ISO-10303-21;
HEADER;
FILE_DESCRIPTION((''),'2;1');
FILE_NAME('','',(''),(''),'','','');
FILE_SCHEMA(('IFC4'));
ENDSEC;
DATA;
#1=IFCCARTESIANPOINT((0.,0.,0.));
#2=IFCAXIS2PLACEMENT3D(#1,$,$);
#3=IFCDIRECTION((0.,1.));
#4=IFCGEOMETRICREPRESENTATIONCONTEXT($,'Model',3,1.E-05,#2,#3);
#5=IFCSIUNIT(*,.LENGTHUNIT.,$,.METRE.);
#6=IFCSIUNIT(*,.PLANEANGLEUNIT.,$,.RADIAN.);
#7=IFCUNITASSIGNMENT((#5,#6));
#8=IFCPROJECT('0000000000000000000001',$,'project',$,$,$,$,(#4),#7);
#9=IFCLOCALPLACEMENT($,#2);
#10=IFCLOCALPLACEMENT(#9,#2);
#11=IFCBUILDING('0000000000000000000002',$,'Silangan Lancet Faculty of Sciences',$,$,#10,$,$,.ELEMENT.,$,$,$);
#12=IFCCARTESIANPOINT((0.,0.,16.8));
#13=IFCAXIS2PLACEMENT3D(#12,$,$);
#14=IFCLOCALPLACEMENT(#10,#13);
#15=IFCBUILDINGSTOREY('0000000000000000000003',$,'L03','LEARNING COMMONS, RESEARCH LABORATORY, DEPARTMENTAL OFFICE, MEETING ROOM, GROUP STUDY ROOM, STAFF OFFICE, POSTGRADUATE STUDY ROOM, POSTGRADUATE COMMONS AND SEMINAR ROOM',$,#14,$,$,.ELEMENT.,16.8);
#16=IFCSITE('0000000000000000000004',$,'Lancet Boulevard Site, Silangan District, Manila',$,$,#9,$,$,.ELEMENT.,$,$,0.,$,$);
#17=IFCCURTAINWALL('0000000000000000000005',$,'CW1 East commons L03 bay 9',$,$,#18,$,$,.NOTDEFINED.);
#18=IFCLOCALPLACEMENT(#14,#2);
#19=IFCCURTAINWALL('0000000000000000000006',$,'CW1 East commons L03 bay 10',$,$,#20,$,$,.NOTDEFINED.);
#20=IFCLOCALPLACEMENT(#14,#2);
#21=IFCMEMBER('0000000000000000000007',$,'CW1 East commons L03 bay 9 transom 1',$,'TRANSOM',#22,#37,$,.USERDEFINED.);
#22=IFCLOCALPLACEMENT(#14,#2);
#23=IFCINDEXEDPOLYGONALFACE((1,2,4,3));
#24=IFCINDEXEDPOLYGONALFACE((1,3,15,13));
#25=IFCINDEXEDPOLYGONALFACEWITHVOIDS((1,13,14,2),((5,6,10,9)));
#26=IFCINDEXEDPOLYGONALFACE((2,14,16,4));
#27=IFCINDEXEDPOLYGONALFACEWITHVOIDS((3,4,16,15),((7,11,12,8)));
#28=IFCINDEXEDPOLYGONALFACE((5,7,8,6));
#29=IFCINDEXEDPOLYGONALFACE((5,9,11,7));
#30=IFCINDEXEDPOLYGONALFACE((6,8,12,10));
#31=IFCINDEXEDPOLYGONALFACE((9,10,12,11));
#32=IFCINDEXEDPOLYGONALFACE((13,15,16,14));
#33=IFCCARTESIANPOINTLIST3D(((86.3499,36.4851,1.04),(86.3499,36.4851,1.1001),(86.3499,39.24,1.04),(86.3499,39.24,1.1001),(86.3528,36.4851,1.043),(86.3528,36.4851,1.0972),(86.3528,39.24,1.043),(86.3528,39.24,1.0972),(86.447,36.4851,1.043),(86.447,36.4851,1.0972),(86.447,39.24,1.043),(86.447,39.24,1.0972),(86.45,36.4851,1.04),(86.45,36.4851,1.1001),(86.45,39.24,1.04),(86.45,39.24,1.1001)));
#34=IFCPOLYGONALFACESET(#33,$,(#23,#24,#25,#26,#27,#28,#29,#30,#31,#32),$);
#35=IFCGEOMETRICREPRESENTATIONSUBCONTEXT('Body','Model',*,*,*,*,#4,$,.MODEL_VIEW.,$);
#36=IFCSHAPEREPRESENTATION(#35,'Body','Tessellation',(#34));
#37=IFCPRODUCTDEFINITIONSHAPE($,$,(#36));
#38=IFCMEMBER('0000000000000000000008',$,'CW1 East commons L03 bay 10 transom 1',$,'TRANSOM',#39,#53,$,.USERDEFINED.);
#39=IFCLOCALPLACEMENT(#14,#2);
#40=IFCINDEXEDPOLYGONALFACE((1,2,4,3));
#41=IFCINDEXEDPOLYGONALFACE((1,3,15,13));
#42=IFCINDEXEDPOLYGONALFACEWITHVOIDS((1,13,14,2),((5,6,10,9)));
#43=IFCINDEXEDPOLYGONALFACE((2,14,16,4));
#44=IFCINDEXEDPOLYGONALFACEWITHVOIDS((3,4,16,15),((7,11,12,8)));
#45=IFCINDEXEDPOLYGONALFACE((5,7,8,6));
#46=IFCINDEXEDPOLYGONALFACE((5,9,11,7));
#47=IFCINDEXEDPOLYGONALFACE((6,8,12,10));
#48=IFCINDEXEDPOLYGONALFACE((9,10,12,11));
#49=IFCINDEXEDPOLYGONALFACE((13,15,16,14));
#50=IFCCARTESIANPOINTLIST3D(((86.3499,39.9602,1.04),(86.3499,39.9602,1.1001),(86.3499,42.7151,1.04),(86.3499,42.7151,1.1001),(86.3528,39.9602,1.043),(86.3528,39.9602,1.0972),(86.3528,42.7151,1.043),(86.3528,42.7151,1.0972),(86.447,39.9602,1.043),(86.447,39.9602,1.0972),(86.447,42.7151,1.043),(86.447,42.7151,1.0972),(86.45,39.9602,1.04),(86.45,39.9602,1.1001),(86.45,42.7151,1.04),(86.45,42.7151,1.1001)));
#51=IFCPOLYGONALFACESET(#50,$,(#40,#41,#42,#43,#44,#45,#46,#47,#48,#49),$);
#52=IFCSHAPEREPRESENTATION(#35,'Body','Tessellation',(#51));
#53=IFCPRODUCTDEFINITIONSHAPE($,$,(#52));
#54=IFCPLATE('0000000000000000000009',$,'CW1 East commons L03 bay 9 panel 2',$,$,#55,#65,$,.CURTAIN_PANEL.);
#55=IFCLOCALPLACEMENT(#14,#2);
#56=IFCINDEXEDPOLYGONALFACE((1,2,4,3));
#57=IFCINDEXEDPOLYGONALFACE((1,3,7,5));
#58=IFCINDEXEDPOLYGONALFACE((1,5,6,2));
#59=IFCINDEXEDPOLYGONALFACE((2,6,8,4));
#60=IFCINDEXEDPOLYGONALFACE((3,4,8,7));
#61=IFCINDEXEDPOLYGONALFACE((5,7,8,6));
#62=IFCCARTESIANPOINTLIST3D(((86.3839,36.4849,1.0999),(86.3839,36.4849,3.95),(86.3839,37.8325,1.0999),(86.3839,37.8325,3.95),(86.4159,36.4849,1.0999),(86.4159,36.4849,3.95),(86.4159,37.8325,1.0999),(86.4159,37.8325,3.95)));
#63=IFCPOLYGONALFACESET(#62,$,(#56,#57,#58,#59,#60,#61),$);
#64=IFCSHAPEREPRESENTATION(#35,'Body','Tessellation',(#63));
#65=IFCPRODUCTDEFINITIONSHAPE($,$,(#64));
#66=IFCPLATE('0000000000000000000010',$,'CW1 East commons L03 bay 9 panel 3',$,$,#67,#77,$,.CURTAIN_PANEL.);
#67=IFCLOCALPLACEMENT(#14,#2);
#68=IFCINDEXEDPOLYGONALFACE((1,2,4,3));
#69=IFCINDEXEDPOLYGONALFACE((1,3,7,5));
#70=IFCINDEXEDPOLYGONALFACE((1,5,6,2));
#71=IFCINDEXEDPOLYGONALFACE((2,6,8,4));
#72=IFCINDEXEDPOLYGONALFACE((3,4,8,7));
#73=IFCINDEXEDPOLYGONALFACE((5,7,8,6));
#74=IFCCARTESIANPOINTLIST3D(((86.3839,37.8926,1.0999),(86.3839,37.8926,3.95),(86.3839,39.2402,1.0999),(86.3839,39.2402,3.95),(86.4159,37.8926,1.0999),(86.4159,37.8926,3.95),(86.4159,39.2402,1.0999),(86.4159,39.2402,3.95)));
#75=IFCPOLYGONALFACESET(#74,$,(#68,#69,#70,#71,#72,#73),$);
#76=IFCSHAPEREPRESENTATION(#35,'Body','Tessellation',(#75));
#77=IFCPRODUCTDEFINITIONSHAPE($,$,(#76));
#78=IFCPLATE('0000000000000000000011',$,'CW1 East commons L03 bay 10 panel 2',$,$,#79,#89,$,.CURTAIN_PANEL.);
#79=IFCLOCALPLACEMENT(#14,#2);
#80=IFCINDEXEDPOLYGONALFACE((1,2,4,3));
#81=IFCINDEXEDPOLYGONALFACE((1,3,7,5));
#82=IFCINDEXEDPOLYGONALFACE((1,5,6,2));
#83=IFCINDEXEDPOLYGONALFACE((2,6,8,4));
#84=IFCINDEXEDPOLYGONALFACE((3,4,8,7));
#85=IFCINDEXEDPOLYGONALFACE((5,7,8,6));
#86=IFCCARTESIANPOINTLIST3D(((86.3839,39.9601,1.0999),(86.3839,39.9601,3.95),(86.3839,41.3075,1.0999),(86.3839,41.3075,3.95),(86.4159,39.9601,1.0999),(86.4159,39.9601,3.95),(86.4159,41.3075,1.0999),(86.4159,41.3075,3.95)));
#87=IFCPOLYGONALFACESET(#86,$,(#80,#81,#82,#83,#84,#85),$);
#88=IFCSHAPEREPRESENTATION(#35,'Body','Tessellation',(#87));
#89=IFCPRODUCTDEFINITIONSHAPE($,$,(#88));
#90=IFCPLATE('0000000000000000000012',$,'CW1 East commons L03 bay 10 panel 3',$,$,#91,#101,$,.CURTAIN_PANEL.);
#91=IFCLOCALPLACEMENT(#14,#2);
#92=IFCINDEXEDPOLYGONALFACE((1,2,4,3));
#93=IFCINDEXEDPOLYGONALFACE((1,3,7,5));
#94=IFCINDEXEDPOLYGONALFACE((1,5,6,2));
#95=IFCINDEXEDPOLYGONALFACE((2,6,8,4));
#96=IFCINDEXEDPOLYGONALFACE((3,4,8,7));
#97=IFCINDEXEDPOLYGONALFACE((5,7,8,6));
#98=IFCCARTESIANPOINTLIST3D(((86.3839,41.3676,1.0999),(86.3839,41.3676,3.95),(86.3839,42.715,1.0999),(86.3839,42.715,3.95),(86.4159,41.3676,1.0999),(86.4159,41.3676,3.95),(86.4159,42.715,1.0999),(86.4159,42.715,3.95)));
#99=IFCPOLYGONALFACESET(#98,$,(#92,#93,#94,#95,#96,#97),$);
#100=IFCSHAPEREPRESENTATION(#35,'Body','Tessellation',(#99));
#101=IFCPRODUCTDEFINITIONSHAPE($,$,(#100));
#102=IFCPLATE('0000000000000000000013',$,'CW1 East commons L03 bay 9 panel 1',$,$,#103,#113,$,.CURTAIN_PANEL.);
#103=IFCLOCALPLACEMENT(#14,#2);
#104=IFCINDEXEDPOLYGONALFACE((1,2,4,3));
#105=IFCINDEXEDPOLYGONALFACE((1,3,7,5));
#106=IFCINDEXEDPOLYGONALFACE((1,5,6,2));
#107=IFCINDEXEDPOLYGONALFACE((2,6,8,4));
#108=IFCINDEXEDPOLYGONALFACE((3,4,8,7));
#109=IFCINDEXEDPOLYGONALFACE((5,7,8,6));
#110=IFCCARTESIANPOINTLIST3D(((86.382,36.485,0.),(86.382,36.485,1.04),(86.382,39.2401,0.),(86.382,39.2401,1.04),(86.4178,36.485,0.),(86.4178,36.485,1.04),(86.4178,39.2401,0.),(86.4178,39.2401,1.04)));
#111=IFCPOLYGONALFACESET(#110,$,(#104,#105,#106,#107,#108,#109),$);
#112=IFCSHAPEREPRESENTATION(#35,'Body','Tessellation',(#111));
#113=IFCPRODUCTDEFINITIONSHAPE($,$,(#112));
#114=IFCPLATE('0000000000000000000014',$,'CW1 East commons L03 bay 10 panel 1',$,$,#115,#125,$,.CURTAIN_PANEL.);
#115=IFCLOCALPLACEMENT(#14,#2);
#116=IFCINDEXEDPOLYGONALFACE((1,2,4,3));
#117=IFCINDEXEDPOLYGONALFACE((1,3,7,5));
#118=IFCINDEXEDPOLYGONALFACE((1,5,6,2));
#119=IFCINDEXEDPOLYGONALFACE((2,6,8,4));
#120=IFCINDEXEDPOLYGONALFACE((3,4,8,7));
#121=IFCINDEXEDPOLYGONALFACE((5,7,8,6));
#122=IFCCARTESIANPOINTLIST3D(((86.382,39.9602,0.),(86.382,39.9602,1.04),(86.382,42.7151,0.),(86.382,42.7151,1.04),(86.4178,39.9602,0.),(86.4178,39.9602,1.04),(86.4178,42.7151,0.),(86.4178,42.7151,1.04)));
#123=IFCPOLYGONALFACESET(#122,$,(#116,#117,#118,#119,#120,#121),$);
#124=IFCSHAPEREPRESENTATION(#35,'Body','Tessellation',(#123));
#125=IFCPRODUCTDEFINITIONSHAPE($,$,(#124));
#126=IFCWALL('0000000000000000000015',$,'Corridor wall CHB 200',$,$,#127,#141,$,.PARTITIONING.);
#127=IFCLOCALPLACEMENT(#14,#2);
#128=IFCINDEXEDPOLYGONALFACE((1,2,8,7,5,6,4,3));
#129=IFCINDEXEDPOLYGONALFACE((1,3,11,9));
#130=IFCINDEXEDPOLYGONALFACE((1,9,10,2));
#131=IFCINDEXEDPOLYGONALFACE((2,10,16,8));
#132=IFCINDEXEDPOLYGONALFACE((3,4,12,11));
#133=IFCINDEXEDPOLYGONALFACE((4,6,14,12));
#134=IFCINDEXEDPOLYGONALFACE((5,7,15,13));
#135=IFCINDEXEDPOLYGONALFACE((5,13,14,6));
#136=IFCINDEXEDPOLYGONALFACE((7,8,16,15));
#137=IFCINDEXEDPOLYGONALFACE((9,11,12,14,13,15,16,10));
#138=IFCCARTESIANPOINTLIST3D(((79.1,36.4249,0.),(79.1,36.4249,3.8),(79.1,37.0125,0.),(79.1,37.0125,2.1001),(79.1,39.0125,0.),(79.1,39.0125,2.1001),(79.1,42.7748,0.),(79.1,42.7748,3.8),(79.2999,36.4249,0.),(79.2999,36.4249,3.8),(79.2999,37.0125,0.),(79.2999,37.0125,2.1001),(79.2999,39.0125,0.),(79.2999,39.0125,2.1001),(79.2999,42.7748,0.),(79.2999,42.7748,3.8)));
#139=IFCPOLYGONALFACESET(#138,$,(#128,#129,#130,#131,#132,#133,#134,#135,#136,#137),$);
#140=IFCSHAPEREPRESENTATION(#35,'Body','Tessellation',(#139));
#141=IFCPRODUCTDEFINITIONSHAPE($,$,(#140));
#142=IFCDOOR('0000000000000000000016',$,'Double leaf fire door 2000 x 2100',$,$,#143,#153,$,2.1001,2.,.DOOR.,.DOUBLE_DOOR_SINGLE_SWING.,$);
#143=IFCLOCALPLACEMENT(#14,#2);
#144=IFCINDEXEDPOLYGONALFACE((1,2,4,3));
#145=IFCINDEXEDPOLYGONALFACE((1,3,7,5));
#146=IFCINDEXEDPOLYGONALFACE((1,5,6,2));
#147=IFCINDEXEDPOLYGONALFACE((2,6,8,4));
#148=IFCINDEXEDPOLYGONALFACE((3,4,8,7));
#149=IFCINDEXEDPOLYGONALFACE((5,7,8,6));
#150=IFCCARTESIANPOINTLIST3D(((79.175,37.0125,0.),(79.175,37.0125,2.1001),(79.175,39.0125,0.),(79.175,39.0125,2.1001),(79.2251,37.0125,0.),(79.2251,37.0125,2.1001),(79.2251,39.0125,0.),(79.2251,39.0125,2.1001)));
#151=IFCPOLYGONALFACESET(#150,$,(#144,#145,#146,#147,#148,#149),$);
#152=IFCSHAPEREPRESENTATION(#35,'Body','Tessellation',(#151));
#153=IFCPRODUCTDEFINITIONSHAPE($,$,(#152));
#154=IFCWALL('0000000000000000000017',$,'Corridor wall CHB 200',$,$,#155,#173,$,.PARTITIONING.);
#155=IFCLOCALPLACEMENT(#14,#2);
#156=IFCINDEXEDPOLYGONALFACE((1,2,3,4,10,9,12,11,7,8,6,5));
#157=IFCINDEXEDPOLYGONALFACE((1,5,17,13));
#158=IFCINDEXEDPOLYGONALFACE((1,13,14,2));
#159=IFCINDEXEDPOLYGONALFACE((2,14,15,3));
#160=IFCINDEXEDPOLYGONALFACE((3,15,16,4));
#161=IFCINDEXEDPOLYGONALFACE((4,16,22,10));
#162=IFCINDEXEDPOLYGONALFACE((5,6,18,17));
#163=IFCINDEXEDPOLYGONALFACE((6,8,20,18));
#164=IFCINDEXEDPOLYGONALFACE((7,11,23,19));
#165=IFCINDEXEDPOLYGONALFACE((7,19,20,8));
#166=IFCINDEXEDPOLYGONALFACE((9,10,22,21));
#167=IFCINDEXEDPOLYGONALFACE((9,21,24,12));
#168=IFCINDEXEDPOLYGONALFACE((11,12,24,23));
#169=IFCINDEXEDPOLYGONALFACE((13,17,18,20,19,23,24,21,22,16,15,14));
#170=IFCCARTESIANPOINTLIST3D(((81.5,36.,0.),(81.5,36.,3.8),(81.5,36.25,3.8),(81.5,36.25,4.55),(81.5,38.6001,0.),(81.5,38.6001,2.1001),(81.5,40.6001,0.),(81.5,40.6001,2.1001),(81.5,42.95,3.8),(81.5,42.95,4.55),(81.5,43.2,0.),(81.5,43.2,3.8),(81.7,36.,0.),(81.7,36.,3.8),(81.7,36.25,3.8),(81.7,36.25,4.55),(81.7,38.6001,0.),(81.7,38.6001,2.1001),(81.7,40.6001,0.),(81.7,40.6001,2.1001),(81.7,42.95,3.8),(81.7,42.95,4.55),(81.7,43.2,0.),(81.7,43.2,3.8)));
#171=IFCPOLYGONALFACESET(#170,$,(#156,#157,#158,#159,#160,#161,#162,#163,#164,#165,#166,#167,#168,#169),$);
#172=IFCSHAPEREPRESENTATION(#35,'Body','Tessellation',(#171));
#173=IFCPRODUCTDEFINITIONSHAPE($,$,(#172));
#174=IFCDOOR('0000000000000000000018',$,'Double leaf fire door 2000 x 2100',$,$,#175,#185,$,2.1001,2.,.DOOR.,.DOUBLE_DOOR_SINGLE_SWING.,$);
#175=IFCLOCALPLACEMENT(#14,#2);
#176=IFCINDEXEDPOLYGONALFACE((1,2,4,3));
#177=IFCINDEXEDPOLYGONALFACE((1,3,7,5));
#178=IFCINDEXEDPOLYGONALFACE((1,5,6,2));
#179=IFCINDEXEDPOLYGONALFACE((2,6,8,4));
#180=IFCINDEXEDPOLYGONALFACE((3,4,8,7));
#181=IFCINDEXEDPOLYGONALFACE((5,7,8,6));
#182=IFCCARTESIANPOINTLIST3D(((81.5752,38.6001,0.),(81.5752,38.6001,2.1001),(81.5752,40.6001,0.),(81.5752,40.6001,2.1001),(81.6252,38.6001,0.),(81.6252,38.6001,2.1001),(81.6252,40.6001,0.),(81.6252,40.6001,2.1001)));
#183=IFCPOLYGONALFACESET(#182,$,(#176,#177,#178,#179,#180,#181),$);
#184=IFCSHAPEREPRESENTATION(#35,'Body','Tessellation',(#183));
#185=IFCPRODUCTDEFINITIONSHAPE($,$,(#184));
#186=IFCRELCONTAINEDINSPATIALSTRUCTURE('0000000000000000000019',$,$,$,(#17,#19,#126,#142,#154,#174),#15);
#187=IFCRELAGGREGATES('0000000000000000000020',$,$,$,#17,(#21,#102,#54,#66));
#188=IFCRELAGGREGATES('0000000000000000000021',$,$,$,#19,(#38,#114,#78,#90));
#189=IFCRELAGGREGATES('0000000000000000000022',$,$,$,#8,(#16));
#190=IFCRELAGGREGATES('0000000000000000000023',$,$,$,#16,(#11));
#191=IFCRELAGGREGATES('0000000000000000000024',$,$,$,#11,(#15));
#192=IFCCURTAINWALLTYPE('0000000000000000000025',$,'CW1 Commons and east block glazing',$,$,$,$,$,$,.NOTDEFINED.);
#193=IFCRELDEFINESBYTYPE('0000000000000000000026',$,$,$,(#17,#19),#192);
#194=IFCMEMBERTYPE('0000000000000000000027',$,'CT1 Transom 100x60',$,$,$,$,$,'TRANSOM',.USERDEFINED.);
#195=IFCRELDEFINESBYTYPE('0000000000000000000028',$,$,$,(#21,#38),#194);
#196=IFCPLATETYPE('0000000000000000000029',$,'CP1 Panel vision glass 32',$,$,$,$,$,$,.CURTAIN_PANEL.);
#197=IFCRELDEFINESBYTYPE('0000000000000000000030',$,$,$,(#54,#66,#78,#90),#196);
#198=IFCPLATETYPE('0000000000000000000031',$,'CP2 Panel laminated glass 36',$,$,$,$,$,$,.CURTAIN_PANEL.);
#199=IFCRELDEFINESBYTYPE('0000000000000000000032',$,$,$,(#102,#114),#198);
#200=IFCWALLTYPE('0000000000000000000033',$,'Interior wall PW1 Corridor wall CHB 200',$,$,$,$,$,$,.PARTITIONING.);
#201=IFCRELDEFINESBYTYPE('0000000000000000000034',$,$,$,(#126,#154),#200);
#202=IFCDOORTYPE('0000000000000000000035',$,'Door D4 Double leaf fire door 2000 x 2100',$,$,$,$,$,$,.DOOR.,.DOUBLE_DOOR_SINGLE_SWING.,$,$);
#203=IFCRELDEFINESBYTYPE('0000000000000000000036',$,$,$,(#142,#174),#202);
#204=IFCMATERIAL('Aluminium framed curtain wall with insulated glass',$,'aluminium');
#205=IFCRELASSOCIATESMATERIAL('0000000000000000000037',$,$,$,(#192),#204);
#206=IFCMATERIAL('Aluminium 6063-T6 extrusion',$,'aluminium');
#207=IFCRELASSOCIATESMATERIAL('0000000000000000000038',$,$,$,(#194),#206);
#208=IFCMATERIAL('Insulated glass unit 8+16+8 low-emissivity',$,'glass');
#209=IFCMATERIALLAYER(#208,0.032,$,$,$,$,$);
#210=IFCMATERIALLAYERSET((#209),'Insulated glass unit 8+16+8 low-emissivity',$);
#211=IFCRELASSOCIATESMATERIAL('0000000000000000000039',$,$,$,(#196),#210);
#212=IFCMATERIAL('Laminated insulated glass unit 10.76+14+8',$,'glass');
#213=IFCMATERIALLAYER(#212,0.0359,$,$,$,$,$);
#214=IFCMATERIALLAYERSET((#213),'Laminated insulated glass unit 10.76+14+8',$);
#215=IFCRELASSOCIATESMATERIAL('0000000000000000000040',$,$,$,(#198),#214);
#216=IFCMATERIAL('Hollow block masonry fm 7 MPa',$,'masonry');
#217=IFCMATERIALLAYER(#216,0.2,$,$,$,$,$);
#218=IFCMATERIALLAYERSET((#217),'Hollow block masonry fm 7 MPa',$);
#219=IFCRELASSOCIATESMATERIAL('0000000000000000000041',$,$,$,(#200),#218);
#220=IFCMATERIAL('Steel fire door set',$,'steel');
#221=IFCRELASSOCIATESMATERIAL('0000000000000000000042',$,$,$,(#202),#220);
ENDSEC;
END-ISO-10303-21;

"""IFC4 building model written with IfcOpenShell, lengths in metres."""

from ifc_helpers import new_model, si_unit, direction, frame, frame_2d, origin, origin_2d, place, context, subcontext, project, spatial, polyline, rectangle, hollow_rectangle, outline, extrude, material, layer, layer_set, material_profile, profile_set, type_object, element, fill, aggregate, save


model = new_model("IFC4")

# Units and contexts
model_context = context("Model", 3, precision=1e-05, world=origin(), true_north=direction((0.0, 1.0)))
body_context = subcontext(model_context, "Body", "Model", "MODEL_VIEW")
ifc_project = project(units=[si_unit("LENGTHUNIT", "METRE"), si_unit("PLANEANGLEUNIT", "RADIAN")], contexts=[model_context])

# Site, building, storey
site_placement = place(None, origin())
site = spatial("IfcSite", under=ifc_project, at=site_placement, Name="Lancet Boulevard Site, Silangan District, Manila", CompositionType="ELEMENT", RefElevation=0.0)
building_placement = place(site_placement, origin())
building = spatial("IfcBuilding", under=site, at=building_placement, Name="Silangan Lancet Faculty of Sciences", CompositionType="ELEMENT")
storey_placement = place(building_placement, frame((0.0, 0.0, 16.8)))
storey = spatial("IfcBuildingStorey", under=building, at=storey_placement, Name="L03", Description="LEARNING COMMONS, RESEARCH LABORATORY, DEPARTMENTAL OFFICE, MEETING ROOM, GROUP STUDY ROOM, STAFF OFFICE, POSTGRADUATE STUDY ROOM, POSTGRADUATE COMMONS AND SEMINAR ROOM", CompositionType="ELEMENT", Elevation=16.8)

# Curtain walls
ifc_material_1 = material(Name="Aluminium framed curtain wall with insulated glass", Category="aluminium")
curtain_wall_type = type_object("IfcCurtainWallType", Name="CW1 Commons and east block glazing", PredefinedType="NOTDEFINED", material=ifc_material_1)
curtain_wall_1_placement = place(storey_placement, origin())
curtain_wall_1 = element("IfcCurtainWall", 1, at=curtain_wall_1_placement, inside=storey, type_object=curtain_wall_type, Name="CW1 East commons L03 bay 9", PredefinedType="NOTDEFINED")
curtain_wall_2_placement = place(storey_placement, origin())
curtain_wall_2 = element("IfcCurtainWall", 2, at=curtain_wall_2_placement, inside=storey, type_object=curtain_wall_type, Name="CW1 East commons L03 bay 10", PredefinedType="NOTDEFINED")

# Members
ifc_material_2 = material(Name="Aluminium 6063-T6 extrusion", Category="aluminium")
ifc_material_profile_1 = material_profile(ifc_material_2, hollow_rectangle(XDim=0.1001, YDim=0.0601, WallThickness=0.0029, at=origin_2d()), Name="AL BOX 100x60x3")
ifc_profile_set_1 = profile_set([ifc_material_profile_1], Name="Aluminium 6063-T6 extrusion")
member_type_1 = type_object("IfcMemberType", Name="CT1 Transom 100x60", ElementType="TRANSOM", PredefinedType="USERDEFINED", material=ifc_profile_set_1)
member_1_placement = place(storey_placement, frame((86.3999, 36.4851, 1.0701), z_axis=(0.0, 1.0, 0.0), x_axis=(-1.0, 0.0, 0.0)))
member_1 = element("IfcMember", 3, at=member_1_placement, type_object=member_type_1, Name="CW1 East commons L03 bay 9 transom 1", ObjectType="TRANSOM", PredefinedType="USERDEFINED", context=body_context, shape_type="SweptSolid", body=[
    extrude(hollow_rectangle(XDim=0.1001, YDim=0.0601, WallThickness=0.0029, at=origin_2d()), origin(), (0.0, 0.0, 1.0), 2.7549),
])
member_2_placement = place(storey_placement, frame((86.3999, 39.9602, 1.0701), z_axis=(0.0, 1.0, 0.0), x_axis=(-1.0, 0.0, 0.0)))
member_2 = element("IfcMember", 4, at=member_2_placement, type_object=member_type_1, Name="CW1 East commons L03 bay 10 transom 1", ObjectType="TRANSOM", PredefinedType="USERDEFINED", context=body_context, shape_type="SweptSolid", body=[
    extrude(hollow_rectangle(XDim=0.1001, YDim=0.0601, WallThickness=0.0029, at=origin_2d()), origin(), (0.0, 0.0, 1.0), 2.7549),
])

# Plates
ifc_material_3 = material(Name="Insulated glass unit 8+16+8 low-emissivity", Category="glass")
ifc_layer_1 = layer(ifc_material_3, 0.032)
ifc_layer_set_1 = layer_set([ifc_layer_1], Name="Insulated glass unit 8+16+8 low-emissivity")
plate_type_1 = type_object("IfcPlateType", Name="CP1 Panel vision glass 32", PredefinedType="CURTAIN_PANEL", material=ifc_layer_set_1)
plate_1_placement = place(storey_placement, frame((86.3999, 37.1587, 1.0999), z_axis=(0.0, 0.0, 1.0), x_axis=(0.0, 1.0, 0.0)))
plate_1 = element("IfcPlate", 5, at=plate_1_placement, type_object=plate_type_1, Name="CW1 East commons L03 bay 9 panel 2", PredefinedType="CURTAIN_PANEL", context=body_context, shape_type="SweptSolid", body=[
    extrude(rectangle(XDim=1.3477, YDim=0.032, at=origin_2d()), origin(), (0.0, 0.0, 1.0), 2.8501),
])
plate_2_placement = place(storey_placement, frame((86.3999, 38.5664, 1.0999), z_axis=(0.0, 0.0, 1.0), x_axis=(0.0, 1.0, 0.0)))
plate_2 = element("IfcPlate", 6, at=plate_2_placement, type_object=plate_type_1, Name="CW1 East commons L03 bay 9 panel 3", PredefinedType="CURTAIN_PANEL", context=body_context, shape_type="SweptSolid", body=[
    extrude(rectangle(XDim=1.3477, YDim=0.032, at=origin_2d()), origin(), (0.0, 0.0, 1.0), 2.8501),
])
plate_3_placement = place(storey_placement, frame((86.3999, 40.6338, 1.0999), z_axis=(0.0, 0.0, 1.0), x_axis=(0.0, 1.0, 0.0)))
plate_3 = element("IfcPlate", 7, at=plate_3_placement, type_object=plate_type_1, Name="CW1 East commons L03 bay 10 panel 2", PredefinedType="CURTAIN_PANEL", context=body_context, shape_type="SweptSolid", body=[
    extrude(rectangle(XDim=1.3474, YDim=0.032, at=origin_2d()), origin(), (0.0, 0.0, 1.0), 2.8501),
])
plate_4_placement = place(storey_placement, frame((86.3999, 42.0413, 1.0999), z_axis=(0.0, 0.0, 1.0), x_axis=(0.0, 1.0, 0.0)))
plate_4 = element("IfcPlate", 8, at=plate_4_placement, type_object=plate_type_1, Name="CW1 East commons L03 bay 10 panel 3", PredefinedType="CURTAIN_PANEL", context=body_context, shape_type="SweptSolid", body=[
    extrude(rectangle(XDim=1.3474, YDim=0.032, at=origin_2d()), origin(), (0.0, 0.0, 1.0), 2.8501),
])
ifc_material_4 = material(Name="Laminated insulated glass unit 10.76+14+8", Category="glass")
ifc_layer_2 = layer(ifc_material_4, 0.0359)
ifc_layer_set_2 = layer_set([ifc_layer_2], Name="Laminated insulated glass unit 10.76+14+8")
plate_type_2 = type_object("IfcPlateType", Name="CP2 Panel laminated glass 36", PredefinedType="CURTAIN_PANEL", material=ifc_layer_set_2)
plate_5_placement = place(storey_placement, frame((86.3999, 37.8625, 0.0), z_axis=(0.0, 0.0, 1.0), x_axis=(0.0, 1.0, 0.0)))
plate_5 = element("IfcPlate", 9, at=plate_5_placement, type_object=plate_type_2, Name="CW1 East commons L03 bay 9 panel 1", PredefinedType="CURTAIN_PANEL", context=body_context, shape_type="SweptSolid", body=[
    extrude(rectangle(XDim=2.7551, YDim=0.0359, at=origin_2d()), origin(), (0.0, 0.0, 1.0), 1.04),
])
aggregate(curtain_wall_1, [member_1, plate_5, plate_1, plate_2])
plate_6_placement = place(storey_placement, frame((86.3999, 41.3376, 0.0), z_axis=(0.0, 0.0, 1.0), x_axis=(0.0, 1.0, 0.0)))
plate_6 = element("IfcPlate", 10, at=plate_6_placement, type_object=plate_type_2, Name="CW1 East commons L03 bay 10 panel 1", PredefinedType="CURTAIN_PANEL", context=body_context, shape_type="SweptSolid", body=[
    extrude(rectangle(XDim=2.7549, YDim=0.0359, at=origin_2d()), origin(), (0.0, 0.0, 1.0), 1.04),
])
aggregate(curtain_wall_2, [member_2, plate_6, plate_3, plate_4])

# Walls, openings, doors
ifc_material_5 = material(Name="Hollow block masonry fm 7 MPa", Category="masonry")
ifc_layer_3 = layer(ifc_material_5, 0.2)
ifc_layer_set_3 = layer_set([ifc_layer_3], Name="Hollow block masonry fm 7 MPa")
wall_type_1 = type_object("IfcWallType", Name="Interior wall PW1 Corridor wall CHB 200", PredefinedType="PARTITIONING", material=ifc_layer_set_3)
wall_1_placement = place(storey_placement, frame((79.2, 36.425, 0.0), z_axis=(0.0, 0.0, 1.0), x_axis=(0.0, 1.0, 0.0)))
wall_1 = element("IfcWall", 11, at=wall_1_placement, inside=storey, type_object=wall_type_1, Name="Corridor wall CHB 200", PredefinedType="PARTITIONING", context=body_context, shape_type="SweptSolid", body=[
    extrude(rectangle(XDim=6.3499, YDim=0.2, at=frame_2d((3.1748, 0.0))), origin(), (0.0, 0.0, 1.0), 3.8),
])
opening_1_placement = place(wall_1_placement, frame((0.5874, 0.0, 0.0)))
opening_1 = element("IfcOpeningElement", 12, at=opening_1_placement, cuts=wall_1, PredefinedType="OPENING", context=body_context, shape_type="SweptSolid", body=[
    extrude(rectangle(XDim=2.0, YDim=2.1001, at=frame_2d((1.0, 1.05))), frame((0.0, 0.1099, 0.0), z_axis=(0.0, -1.0, 0.0), x_axis=(1.0, 0.0, 0.0)), (0.0, 0.0, 1.0), 0.22),
])
ifc_material_6 = material(Name="Steel fire door set", Category="steel")
door_type_1 = type_object("IfcDoorType", Name="Door D4 Double leaf fire door 2000 x 2100", OperationType="DOUBLE_DOOR_SINGLE_SWING", PredefinedType="DOOR", material=ifc_material_6)
door_1_placement = place(opening_1_placement, origin())
door_1 = element("IfcDoor", 13, at=door_1_placement, inside=storey, type_object=door_type_1, Name="Double leaf fire door 2000 x 2100", OperationType="DOUBLE_DOOR_SINGLE_SWING", OverallHeight=2.1001, OverallWidth=2.0, PredefinedType="DOOR", context=body_context, shape_type="SweptSolid", body=[
    extrude(rectangle(XDim=2.0, YDim=2.1001, at=frame_2d((1.0, 1.05))), frame((0.0, 0.0249, 0.0), z_axis=(0.0, -1.0, 0.0), x_axis=(1.0, 0.0, 0.0)), (0.0, 0.0, 1.0), 0.05),
])
fill(opening_1, door_1)
wall_2_placement = place(storey_placement, frame((81.6001, 36.0, 0.0), z_axis=(0.0, 0.0, 1.0), x_axis=(0.0, 1.0, 0.0)))
wall_2 = element("IfcWall", 14, at=wall_2_placement, inside=storey, type_object=wall_type_1, Name="Corridor wall CHB 200", PredefinedType="PARTITIONING", context=body_context, shape_type="SweptSolid", body=[
    extrude(outline(polyline([(0.0, 0.0), (7.2, 0.0), (7.2, 3.8), (6.95, 3.8), (6.95, 4.55), (0.25, 4.55), (0.25, 3.8), (0.0, 3.8), (0.0, 0.0)])), frame((0.0, 0.1001, 0.0), z_axis=(0.0, -1.0, 0.0), x_axis=(1.0, 0.0, 0.0)), (0.0, 0.0, 1.0), 0.2),
])
opening_2_placement = place(wall_2_placement, frame((2.6001, 0.0, 0.0)))
opening_2 = element("IfcOpeningElement", 15, at=opening_2_placement, cuts=wall_2, PredefinedType="OPENING", context=body_context, shape_type="SweptSolid", body=[
    extrude(rectangle(XDim=2.0, YDim=2.1001, at=frame_2d((1.0, 1.05))), frame((0.0, 0.1099, 0.0), z_axis=(0.0, -1.0, 0.0), x_axis=(1.0, 0.0, 0.0)), (0.0, 0.0, 1.0), 0.22),
])
door_2_placement = place(opening_2_placement, origin())
door_2 = element("IfcDoor", 16, at=door_2_placement, inside=storey, type_object=door_type_1, Name="Double leaf fire door 2000 x 2100", OperationType="DOUBLE_DOOR_SINGLE_SWING", OverallHeight=2.1001, OverallWidth=2.0, PredefinedType="DOOR", context=body_context, shape_type="SweptSolid", body=[
    extrude(rectangle(XDim=2.0, YDim=2.1001, at=frame_2d((1.0, 1.05))), frame((0.0, 0.0249, 0.0), z_axis=(0.0, -1.0, 0.0), x_axis=(1.0, 0.0, 0.0)), (0.0, 0.0, 1.0), 0.05),
])
fill(opening_2, door_2)

save(model, "model.ifc")
